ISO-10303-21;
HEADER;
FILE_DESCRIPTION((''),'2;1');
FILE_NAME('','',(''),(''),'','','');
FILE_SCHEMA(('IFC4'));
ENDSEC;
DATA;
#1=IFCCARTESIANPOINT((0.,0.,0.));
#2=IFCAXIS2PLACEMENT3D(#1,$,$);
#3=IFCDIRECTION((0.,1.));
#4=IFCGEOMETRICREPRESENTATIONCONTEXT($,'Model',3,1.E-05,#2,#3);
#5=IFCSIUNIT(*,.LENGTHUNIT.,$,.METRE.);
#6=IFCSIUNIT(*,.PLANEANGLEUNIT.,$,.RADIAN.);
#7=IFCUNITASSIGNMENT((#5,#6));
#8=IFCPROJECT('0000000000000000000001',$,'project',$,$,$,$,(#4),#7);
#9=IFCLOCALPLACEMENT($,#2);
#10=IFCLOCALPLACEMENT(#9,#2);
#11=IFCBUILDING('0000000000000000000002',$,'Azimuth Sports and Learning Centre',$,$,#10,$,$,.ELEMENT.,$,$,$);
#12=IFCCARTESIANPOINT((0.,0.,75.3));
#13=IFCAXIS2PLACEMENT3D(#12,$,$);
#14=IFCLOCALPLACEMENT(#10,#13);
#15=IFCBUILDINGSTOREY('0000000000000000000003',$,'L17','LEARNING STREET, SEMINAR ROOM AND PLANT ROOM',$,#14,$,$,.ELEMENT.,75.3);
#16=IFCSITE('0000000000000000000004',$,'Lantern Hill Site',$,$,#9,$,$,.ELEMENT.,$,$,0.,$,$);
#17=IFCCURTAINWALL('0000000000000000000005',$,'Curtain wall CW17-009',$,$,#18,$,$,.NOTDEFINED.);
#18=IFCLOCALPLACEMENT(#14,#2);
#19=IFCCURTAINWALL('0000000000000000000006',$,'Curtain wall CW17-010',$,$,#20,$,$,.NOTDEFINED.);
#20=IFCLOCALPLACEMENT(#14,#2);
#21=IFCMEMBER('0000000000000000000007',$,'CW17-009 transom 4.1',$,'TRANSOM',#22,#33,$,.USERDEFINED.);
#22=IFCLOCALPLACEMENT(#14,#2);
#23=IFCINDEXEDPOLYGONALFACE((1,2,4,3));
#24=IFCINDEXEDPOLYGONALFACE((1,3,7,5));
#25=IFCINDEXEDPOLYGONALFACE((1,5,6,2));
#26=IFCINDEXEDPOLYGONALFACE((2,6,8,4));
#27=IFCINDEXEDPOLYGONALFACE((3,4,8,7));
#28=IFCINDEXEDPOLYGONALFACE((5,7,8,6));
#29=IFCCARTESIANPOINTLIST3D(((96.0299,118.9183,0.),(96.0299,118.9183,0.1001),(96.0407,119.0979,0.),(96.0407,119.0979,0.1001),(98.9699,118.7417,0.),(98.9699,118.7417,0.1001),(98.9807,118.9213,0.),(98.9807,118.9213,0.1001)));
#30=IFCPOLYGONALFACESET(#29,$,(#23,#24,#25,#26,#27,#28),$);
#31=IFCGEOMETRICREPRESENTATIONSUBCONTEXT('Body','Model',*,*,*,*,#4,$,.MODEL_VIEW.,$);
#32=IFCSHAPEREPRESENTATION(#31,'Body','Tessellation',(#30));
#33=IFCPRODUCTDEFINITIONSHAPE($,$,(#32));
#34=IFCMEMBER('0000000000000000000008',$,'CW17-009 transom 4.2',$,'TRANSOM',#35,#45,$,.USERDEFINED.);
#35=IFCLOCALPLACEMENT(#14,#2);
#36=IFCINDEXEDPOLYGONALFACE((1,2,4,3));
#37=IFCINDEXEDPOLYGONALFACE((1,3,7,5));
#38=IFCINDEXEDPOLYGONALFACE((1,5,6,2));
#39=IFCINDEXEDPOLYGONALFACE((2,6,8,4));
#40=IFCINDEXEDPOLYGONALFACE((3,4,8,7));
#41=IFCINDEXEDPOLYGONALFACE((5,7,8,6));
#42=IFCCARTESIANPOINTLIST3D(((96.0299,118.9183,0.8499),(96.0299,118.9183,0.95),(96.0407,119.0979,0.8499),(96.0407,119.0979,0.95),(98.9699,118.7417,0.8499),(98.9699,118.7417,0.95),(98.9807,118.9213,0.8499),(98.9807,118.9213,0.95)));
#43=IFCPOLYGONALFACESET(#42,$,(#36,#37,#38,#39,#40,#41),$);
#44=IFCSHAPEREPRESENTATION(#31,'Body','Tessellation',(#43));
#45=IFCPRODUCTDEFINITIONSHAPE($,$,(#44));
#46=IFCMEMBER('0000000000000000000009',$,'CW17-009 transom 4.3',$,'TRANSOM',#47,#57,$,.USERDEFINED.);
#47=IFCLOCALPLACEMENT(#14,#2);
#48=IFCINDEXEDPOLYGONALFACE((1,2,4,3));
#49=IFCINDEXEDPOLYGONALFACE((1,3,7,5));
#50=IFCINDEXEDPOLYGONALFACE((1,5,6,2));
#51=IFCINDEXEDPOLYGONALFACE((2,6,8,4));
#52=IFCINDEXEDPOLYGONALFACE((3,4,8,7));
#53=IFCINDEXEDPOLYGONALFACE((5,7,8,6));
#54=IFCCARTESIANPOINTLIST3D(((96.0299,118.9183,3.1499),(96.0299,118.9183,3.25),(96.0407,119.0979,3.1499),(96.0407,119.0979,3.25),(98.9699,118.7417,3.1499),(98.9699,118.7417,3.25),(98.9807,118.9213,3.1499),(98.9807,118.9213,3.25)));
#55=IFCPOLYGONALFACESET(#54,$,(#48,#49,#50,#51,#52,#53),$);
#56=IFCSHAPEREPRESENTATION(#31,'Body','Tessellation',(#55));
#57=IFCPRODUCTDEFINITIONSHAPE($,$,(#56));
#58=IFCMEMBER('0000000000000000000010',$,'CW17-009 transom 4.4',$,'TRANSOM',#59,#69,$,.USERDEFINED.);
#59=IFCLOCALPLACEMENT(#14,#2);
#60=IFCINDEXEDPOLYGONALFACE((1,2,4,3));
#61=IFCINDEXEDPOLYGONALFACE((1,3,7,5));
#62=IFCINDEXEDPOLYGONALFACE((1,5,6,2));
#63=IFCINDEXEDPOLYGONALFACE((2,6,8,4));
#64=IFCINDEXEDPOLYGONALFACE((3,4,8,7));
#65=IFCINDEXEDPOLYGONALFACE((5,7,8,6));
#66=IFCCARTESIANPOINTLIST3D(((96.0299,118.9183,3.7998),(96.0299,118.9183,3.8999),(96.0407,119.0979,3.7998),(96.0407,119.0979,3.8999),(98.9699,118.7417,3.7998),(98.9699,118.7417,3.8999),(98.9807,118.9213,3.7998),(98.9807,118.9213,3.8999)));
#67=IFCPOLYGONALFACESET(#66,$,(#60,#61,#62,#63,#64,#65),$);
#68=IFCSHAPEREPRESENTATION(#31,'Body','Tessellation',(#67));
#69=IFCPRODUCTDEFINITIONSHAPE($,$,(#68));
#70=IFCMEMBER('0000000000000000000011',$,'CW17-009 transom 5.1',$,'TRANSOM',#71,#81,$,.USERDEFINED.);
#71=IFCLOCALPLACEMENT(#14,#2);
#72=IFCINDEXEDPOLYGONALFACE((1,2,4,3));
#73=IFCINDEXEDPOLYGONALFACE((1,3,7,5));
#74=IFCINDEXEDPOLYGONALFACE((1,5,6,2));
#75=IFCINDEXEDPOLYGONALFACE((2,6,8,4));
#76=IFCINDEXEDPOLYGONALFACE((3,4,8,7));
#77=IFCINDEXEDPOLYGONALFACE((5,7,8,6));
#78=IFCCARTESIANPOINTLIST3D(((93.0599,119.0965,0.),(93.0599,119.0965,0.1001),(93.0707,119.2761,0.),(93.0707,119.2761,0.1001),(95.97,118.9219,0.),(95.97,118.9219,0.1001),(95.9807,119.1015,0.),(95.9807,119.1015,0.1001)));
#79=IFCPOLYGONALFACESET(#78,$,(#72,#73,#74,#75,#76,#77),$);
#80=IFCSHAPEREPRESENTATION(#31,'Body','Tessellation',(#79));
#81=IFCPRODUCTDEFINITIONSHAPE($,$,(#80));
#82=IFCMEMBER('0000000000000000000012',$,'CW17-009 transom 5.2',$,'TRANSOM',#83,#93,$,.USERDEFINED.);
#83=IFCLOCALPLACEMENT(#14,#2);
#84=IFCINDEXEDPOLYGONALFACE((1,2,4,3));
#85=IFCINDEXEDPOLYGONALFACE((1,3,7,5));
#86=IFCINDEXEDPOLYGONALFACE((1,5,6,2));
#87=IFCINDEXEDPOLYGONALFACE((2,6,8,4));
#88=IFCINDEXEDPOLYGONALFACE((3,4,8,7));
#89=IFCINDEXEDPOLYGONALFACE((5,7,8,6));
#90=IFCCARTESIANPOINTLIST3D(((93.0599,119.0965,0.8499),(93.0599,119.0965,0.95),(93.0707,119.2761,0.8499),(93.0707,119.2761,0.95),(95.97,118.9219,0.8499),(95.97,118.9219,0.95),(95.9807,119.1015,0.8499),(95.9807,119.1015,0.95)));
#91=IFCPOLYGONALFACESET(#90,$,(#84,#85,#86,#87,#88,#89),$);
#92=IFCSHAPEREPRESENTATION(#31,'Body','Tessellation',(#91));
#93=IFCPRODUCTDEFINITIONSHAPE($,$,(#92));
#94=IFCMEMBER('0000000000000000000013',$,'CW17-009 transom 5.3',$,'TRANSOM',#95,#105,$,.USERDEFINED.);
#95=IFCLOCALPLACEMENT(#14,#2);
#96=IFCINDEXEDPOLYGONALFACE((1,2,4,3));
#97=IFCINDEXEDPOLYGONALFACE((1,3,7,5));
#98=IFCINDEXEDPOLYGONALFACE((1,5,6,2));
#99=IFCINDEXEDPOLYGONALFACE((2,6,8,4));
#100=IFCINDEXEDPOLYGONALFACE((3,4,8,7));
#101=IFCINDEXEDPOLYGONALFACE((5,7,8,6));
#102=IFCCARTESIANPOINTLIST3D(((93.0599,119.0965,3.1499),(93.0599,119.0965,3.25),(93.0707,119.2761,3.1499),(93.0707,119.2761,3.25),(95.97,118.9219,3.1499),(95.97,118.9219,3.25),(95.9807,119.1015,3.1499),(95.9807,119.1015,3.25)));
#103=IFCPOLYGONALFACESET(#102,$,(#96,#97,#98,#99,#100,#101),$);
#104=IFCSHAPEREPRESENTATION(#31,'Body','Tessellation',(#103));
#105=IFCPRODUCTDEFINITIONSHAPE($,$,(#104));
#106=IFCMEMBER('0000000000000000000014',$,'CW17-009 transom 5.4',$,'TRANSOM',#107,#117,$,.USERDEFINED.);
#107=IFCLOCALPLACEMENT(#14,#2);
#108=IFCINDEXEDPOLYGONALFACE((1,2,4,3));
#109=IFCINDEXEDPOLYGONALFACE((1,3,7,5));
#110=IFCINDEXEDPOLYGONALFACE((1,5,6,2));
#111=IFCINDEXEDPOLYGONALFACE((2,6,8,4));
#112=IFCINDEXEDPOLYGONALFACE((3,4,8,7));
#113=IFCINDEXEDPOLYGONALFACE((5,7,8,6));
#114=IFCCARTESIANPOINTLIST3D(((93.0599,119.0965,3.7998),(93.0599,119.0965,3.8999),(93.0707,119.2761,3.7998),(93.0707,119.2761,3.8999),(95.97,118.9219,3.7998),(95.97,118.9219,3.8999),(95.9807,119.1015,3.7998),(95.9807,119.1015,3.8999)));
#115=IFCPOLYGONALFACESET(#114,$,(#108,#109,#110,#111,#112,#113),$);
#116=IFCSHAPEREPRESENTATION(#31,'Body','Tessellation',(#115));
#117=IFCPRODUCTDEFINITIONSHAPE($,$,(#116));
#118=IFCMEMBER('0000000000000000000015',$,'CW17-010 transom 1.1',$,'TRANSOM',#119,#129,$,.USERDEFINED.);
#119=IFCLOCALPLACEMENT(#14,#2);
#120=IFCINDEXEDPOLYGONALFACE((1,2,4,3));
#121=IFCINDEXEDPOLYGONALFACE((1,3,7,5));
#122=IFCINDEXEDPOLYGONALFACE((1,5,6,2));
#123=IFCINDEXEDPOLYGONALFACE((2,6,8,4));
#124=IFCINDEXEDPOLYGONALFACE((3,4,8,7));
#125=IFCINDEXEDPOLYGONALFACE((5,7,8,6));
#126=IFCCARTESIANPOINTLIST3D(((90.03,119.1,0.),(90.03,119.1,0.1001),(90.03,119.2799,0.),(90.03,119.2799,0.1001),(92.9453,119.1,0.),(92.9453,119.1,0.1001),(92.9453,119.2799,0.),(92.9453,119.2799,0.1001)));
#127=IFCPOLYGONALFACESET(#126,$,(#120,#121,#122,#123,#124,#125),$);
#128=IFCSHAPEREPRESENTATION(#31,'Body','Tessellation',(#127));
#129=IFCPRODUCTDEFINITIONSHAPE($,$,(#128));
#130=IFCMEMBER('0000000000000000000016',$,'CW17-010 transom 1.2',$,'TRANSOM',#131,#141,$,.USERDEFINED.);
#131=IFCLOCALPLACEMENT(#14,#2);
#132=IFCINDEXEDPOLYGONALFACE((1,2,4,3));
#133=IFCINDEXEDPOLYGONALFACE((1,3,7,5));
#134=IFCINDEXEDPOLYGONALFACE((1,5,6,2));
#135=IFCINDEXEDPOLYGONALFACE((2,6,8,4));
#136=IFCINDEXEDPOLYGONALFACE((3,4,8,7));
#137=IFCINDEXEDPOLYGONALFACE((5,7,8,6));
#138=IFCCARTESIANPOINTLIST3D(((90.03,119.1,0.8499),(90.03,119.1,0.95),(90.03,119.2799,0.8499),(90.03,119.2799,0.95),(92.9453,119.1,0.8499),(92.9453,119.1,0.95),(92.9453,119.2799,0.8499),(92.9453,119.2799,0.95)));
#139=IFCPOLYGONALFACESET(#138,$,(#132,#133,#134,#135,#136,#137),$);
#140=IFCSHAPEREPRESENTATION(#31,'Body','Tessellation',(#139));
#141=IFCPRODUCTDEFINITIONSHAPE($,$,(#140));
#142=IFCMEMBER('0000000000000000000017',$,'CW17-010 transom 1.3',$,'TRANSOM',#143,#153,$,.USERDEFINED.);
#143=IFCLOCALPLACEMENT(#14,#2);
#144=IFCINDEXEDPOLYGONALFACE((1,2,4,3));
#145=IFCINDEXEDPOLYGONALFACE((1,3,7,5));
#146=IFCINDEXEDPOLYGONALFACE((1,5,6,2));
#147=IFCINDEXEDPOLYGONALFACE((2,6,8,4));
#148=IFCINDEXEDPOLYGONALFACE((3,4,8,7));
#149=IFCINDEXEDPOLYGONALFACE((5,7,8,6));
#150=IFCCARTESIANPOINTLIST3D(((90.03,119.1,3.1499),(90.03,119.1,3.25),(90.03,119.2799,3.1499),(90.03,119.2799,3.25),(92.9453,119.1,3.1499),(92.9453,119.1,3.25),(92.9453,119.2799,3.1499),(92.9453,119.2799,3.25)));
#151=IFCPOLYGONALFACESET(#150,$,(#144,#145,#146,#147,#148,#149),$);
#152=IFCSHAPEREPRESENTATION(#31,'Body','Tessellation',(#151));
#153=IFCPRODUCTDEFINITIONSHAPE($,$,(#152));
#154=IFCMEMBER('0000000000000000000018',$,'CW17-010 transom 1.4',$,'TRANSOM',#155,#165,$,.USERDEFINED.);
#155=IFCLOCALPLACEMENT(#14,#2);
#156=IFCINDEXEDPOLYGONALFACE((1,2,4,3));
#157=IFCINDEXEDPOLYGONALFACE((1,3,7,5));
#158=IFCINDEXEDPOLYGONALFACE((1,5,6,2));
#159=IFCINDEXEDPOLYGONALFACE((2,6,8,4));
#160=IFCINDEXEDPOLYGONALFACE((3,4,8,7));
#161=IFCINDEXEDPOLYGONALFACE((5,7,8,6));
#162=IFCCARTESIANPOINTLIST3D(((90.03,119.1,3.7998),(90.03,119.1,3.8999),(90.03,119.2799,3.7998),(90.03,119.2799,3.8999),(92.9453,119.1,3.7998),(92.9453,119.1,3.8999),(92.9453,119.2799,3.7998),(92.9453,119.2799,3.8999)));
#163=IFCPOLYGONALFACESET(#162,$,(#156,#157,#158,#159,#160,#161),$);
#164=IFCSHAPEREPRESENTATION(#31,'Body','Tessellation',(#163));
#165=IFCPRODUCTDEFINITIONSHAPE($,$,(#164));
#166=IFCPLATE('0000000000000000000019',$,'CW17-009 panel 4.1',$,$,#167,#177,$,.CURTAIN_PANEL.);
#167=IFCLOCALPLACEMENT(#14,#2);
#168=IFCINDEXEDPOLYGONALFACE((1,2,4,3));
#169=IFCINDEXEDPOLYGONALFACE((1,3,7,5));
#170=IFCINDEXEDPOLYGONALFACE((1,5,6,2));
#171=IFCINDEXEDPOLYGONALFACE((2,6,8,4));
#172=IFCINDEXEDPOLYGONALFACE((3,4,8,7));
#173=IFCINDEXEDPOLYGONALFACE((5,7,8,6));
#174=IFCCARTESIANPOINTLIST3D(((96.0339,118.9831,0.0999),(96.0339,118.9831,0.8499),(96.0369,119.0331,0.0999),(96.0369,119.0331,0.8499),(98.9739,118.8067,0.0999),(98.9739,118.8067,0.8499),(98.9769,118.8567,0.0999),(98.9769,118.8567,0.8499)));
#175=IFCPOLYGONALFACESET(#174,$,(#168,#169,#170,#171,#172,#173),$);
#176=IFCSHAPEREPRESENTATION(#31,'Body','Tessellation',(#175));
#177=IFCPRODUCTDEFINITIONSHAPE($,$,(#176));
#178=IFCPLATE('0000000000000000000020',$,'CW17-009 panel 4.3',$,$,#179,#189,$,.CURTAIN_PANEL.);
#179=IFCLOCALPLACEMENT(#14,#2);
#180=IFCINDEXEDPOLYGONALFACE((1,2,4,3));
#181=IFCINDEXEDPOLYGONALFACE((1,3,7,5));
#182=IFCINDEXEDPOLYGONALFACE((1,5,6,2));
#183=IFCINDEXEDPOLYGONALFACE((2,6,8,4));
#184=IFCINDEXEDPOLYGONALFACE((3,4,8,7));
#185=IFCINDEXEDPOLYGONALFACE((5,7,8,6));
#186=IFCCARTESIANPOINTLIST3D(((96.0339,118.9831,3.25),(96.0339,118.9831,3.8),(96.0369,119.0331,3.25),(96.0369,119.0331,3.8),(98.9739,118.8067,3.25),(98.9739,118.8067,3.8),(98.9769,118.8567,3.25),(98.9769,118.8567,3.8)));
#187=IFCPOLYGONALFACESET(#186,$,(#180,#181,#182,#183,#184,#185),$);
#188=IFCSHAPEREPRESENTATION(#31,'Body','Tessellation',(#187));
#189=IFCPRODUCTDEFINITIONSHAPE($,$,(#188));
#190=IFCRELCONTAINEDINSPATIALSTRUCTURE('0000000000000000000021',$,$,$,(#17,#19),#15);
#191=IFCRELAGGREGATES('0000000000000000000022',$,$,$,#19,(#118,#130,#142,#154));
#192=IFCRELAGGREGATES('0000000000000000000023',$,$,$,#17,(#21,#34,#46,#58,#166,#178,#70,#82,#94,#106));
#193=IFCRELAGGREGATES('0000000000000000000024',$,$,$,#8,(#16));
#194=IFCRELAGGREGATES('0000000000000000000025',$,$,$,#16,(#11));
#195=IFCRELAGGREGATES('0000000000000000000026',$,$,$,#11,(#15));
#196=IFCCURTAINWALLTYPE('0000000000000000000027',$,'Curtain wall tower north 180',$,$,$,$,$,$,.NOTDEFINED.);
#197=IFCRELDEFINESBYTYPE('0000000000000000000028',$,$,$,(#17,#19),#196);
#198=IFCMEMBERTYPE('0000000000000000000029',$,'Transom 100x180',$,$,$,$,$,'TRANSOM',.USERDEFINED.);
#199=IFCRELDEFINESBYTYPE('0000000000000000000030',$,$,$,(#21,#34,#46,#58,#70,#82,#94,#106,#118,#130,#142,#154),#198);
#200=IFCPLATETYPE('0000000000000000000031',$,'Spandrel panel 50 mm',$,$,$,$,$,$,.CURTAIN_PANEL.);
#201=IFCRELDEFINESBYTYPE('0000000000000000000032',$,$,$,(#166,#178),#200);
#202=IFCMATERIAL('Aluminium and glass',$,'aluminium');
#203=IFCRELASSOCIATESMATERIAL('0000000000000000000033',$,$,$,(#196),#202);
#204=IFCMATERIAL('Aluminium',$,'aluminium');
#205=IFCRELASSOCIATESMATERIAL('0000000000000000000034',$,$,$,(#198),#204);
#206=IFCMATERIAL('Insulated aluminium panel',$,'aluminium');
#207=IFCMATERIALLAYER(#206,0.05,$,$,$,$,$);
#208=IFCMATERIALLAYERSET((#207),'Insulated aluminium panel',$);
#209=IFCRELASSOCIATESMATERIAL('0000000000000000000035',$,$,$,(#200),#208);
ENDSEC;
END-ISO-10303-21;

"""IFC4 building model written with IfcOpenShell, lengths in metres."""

from ifc_helpers import new_model, si_unit, direction, frame, origin, origin_2d, place, context, subcontext, project, spatial, rectangle, extrude, material, layer, layer_set, material_profile, profile_set, type_object, element, aggregate, save


model = new_model("IFC4")

# Units and contexts
model_context = context("Model", 3, precision=1e-05, world=origin(), true_north=direction((0.0, 1.0)))
body_context = subcontext(model_context, "Body", "Model", "MODEL_VIEW")
ifc_project = project(units=[si_unit("LENGTHUNIT", "METRE"), si_unit("PLANEANGLEUNIT", "RADIAN")], contexts=[model_context])

# Site, building, storey
site_placement = place(None, origin())
site = spatial("IfcSite", under=ifc_project, at=site_placement, Name="Lantern Hill Site", CompositionType="ELEMENT", RefElevation=0.0)
building_placement = place(site_placement, origin())
building = spatial("IfcBuilding", under=site, at=building_placement, Name="Azimuth Sports and Learning Centre", CompositionType="ELEMENT")
storey_placement = place(building_placement, frame((0.0, 0.0, 75.3)))
storey = spatial("IfcBuildingStorey", under=building, at=storey_placement, Name="L17", Description="LEARNING STREET, SEMINAR ROOM AND PLANT ROOM", CompositionType="ELEMENT", Elevation=75.3)

# Curtain wall
ifc_material_1 = material(Name="Aluminium and glass", Category="aluminium")
curtain_wall_type = type_object("IfcCurtainWallType", Name="Curtain wall tower north 180", PredefinedType="NOTDEFINED", material=ifc_material_1)
curtain_wall_1_placement = place(storey_placement, origin())
curtain_wall_1 = element("IfcCurtainWall", 1, at=curtain_wall_1_placement, inside=storey, type_object=curtain_wall_type, Name="Curtain wall CW17-009", PredefinedType="NOTDEFINED")

# Curtain wall
curtain_wall_2_placement = place(storey_placement, origin())
curtain_wall_2 = element("IfcCurtainWall", 2, at=curtain_wall_2_placement, inside=storey, type_object=curtain_wall_type, Name="Curtain wall CW17-010", PredefinedType="NOTDEFINED")

# Members
ifc_material_2 = material(Name="Aluminium", Category="aluminium")
ifc_material_profile_1 = material_profile(ifc_material_2, rectangle(XDim=0.1799, YDim=0.1001, at=origin_2d()), Name="Transom 100x180")
ifc_profile_set_1 = profile_set([ifc_material_profile_1], Name="Aluminium")
member_type_1 = type_object("IfcMemberType", Name="Transom 100x180", ElementType="TRANSOM", PredefinedType="USERDEFINED", material=ifc_profile_set_1)
member_1_placement = place(storey_placement, frame((98.9753, 118.8315, 0.05), z_axis=(-0.998202, 0.059932, 0.0), x_axis=(-0.059932, -0.998202, 0.0)))
member_1 = element("IfcMember", 3, at=member_1_placement, type_object=member_type_1, Name="CW17-009 transom 4.1", ObjectType="TRANSOM", PredefinedType="USERDEFINED", context=body_context, shape_type="SweptSolid", body=[
    extrude(rectangle(XDim=0.1799, YDim=0.1001, at=origin_2d()), origin(), (0.0, 0.0, 1.0), 2.9453),
])
member_2_placement = place(storey_placement, frame((98.9753, 118.8315, 0.8999), z_axis=(-0.998202, 0.059932, 0.0), x_axis=(-0.059932, -0.998202, 0.0)))
member_2 = element("IfcMember", 4, at=member_2_placement, type_object=member_type_1, Name="CW17-009 transom 4.2", ObjectType="TRANSOM", PredefinedType="USERDEFINED", context=body_context, shape_type="SweptSolid", body=[
    extrude(rectangle(XDim=0.1799, YDim=0.1001, at=origin_2d()), origin(), (0.0, 0.0, 1.0), 2.9453),
])
member_3_placement = place(storey_placement, frame((98.9753, 118.8315, 3.2), z_axis=(-0.998202, 0.059932, 0.0), x_axis=(-0.059932, -0.998202, 0.0)))
member_3 = element("IfcMember", 5, at=member_3_placement, type_object=member_type_1, Name="CW17-009 transom 4.3", ObjectType="TRANSOM", PredefinedType="USERDEFINED", context=body_context, shape_type="SweptSolid", body=[
    extrude(rectangle(XDim=0.1799, YDim=0.1001, at=origin_2d()), origin(), (0.0, 0.0, 1.0), 2.9453),
])
member_4_placement = place(storey_placement, frame((98.9753, 118.8315, 3.8499), z_axis=(-0.998202, 0.059932, 0.0), x_axis=(-0.059932, -0.998202, 0.0)))
member_4 = element("IfcMember", 6, at=member_4_placement, type_object=member_type_1, Name="CW17-009 transom 4.4", ObjectType="TRANSOM", PredefinedType="USERDEFINED", context=body_context, shape_type="SweptSolid", body=[
    extrude(rectangle(XDim=0.1799, YDim=0.1001, at=origin_2d()), origin(), (0.0, 0.0, 1.0), 2.9453),
])
member_5_placement = place(storey_placement, frame((95.9753, 119.0117, 0.05), z_axis=(-0.998206, 0.059876, 0.0), x_axis=(-0.059876, -0.998206, 0.0)))
member_5 = element("IfcMember", 7, at=member_5_placement, type_object=member_type_1, Name="CW17-009 transom 5.1", ObjectType="TRANSOM", PredefinedType="USERDEFINED", context=body_context, shape_type="SweptSolid", body=[
    extrude(rectangle(XDim=0.1799, YDim=0.1001, at=origin_2d()), origin(), (0.0, 0.0, 1.0), 2.9153),
])
member_6_placement = place(storey_placement, frame((95.9753, 119.0117, 0.8999), z_axis=(-0.998206, 0.059876, 0.0), x_axis=(-0.059876, -0.998206, 0.0)))
member_6 = element("IfcMember", 8, at=member_6_placement, type_object=member_type_1, Name="CW17-009 transom 5.2", ObjectType="TRANSOM", PredefinedType="USERDEFINED", context=body_context, shape_type="SweptSolid", body=[
    extrude(rectangle(XDim=0.1799, YDim=0.1001, at=origin_2d()), origin(), (0.0, 0.0, 1.0), 2.9153),
])
member_7_placement = place(storey_placement, frame((95.9753, 119.0117, 3.2), z_axis=(-0.998206, 0.059876, 0.0), x_axis=(-0.059876, -0.998206, 0.0)))
member_7 = element("IfcMember", 9, at=member_7_placement, type_object=member_type_1, Name="CW17-009 transom 5.3", ObjectType="TRANSOM", PredefinedType="USERDEFINED", context=body_context, shape_type="SweptSolid", body=[
    extrude(rectangle(XDim=0.1799, YDim=0.1001, at=origin_2d()), origin(), (0.0, 0.0, 1.0), 2.9153),
])
member_8_placement = place(storey_placement, frame((95.9753, 119.0117, 3.8499), z_axis=(-0.998206, 0.059876, 0.0), x_axis=(-0.059876, -0.998206, 0.0)))
member_8 = element("IfcMember", 10, at=member_8_placement, type_object=member_type_1, Name="CW17-009 transom 5.4", ObjectType="TRANSOM", PredefinedType="USERDEFINED", context=body_context, shape_type="SweptSolid", body=[
    extrude(rectangle(XDim=0.1799, YDim=0.1001, at=origin_2d()), origin(), (0.0, 0.0, 1.0), 2.9153),
])
member_9_placement = place(storey_placement, frame((92.9453, 119.1899, 0.05), z_axis=(-1.0, 0.0, 0.0), x_axis=(0.0, -1.0, 0.0)))
member_9 = element("IfcMember", 11, at=member_9_placement, type_object=member_type_1, Name="CW17-010 transom 1.1", ObjectType="TRANSOM", PredefinedType="USERDEFINED", context=body_context, shape_type="SweptSolid", body=[
    extrude(rectangle(XDim=0.1799, YDim=0.1001, at=origin_2d()), origin(), (0.0, 0.0, 1.0), 2.9153),
])
member_10_placement = place(storey_placement, frame((92.9453, 119.1899, 0.8999), z_axis=(-1.0, 0.0, 0.0), x_axis=(0.0, -1.0, 0.0)))
member_10 = element("IfcMember", 12, at=member_10_placement, type_object=member_type_1, Name="CW17-010 transom 1.2", ObjectType="TRANSOM", PredefinedType="USERDEFINED", context=body_context, shape_type="SweptSolid", body=[
    extrude(rectangle(XDim=0.1799, YDim=0.1001, at=origin_2d()), origin(), (0.0, 0.0, 1.0), 2.9153),
])
member_11_placement = place(storey_placement, frame((92.9453, 119.1899, 3.2), z_axis=(-1.0, 0.0, 0.0), x_axis=(0.0, -1.0, 0.0)))
member_11 = element("IfcMember", 13, at=member_11_placement, type_object=member_type_1, Name="CW17-010 transom 1.3", ObjectType="TRANSOM", PredefinedType="USERDEFINED", context=body_context, shape_type="SweptSolid", body=[
    extrude(rectangle(XDim=0.1799, YDim=0.1001, at=origin_2d()), origin(), (0.0, 0.0, 1.0), 2.9153),
])
member_12_placement = place(storey_placement, frame((92.9453, 119.1899, 3.8499), z_axis=(-1.0, 0.0, 0.0), x_axis=(0.0, -1.0, 0.0)))
member_12 = element("IfcMember", 14, at=member_12_placement, type_object=member_type_1, Name="CW17-010 transom 1.4", ObjectType="TRANSOM", PredefinedType="USERDEFINED", context=body_context, shape_type="SweptSolid", body=[
    extrude(rectangle(XDim=0.1799, YDim=0.1001, at=origin_2d()), origin(), (0.0, 0.0, 1.0), 2.9153),
])
aggregate(curtain_wall_2, [member_9, member_10, member_11, member_12])

# Plates
ifc_material_3 = material(Name="Insulated aluminium panel", Category="aluminium")
ifc_layer_1 = layer(ifc_material_3, 0.05)
ifc_layer_set_1 = layer_set([ifc_layer_1], Name="Insulated aluminium panel")
plate_type_1 = type_object("IfcPlateType", Name="Spandrel panel 50 mm", PredefinedType="CURTAIN_PANEL", material=ifc_layer_set_1)
plate_1_placement = place(storey_placement, frame((97.5054, 118.9199, 0.0999), z_axis=(0.0, 0.0, 1.0), x_axis=(-0.998205, 0.059892, 0.0)))
plate_1 = element("IfcPlate", 15, at=plate_1_placement, type_object=plate_type_1, Name="CW17-009 panel 4.1", PredefinedType="CURTAIN_PANEL", context=body_context, shape_type="SweptSolid", body=[
    extrude(rectangle(XDim=2.9453, YDim=0.05, at=origin_2d()), origin(), (0.0, 0.0, 1.0), 0.75),
])
plate_2_placement = place(storey_placement, frame((97.5054, 118.9199, 3.25), z_axis=(0.0, 0.0, 1.0), x_axis=(-0.998205, 0.059892, 0.0)))
plate_2 = element("IfcPlate", 16, at=plate_2_placement, type_object=plate_type_1, Name="CW17-009 panel 4.3", PredefinedType="CURTAIN_PANEL", context=body_context, shape_type="SweptSolid", body=[
    extrude(rectangle(XDim=2.9453, YDim=0.05, at=origin_2d()), origin(), (0.0, 0.0, 1.0), 0.55),
])
aggregate(curtain_wall_1, [member_1, member_2, member_3, member_4, plate_1, plate_2, member_5, member_6, member_7, member_8])

save(model, "model.ifc")
